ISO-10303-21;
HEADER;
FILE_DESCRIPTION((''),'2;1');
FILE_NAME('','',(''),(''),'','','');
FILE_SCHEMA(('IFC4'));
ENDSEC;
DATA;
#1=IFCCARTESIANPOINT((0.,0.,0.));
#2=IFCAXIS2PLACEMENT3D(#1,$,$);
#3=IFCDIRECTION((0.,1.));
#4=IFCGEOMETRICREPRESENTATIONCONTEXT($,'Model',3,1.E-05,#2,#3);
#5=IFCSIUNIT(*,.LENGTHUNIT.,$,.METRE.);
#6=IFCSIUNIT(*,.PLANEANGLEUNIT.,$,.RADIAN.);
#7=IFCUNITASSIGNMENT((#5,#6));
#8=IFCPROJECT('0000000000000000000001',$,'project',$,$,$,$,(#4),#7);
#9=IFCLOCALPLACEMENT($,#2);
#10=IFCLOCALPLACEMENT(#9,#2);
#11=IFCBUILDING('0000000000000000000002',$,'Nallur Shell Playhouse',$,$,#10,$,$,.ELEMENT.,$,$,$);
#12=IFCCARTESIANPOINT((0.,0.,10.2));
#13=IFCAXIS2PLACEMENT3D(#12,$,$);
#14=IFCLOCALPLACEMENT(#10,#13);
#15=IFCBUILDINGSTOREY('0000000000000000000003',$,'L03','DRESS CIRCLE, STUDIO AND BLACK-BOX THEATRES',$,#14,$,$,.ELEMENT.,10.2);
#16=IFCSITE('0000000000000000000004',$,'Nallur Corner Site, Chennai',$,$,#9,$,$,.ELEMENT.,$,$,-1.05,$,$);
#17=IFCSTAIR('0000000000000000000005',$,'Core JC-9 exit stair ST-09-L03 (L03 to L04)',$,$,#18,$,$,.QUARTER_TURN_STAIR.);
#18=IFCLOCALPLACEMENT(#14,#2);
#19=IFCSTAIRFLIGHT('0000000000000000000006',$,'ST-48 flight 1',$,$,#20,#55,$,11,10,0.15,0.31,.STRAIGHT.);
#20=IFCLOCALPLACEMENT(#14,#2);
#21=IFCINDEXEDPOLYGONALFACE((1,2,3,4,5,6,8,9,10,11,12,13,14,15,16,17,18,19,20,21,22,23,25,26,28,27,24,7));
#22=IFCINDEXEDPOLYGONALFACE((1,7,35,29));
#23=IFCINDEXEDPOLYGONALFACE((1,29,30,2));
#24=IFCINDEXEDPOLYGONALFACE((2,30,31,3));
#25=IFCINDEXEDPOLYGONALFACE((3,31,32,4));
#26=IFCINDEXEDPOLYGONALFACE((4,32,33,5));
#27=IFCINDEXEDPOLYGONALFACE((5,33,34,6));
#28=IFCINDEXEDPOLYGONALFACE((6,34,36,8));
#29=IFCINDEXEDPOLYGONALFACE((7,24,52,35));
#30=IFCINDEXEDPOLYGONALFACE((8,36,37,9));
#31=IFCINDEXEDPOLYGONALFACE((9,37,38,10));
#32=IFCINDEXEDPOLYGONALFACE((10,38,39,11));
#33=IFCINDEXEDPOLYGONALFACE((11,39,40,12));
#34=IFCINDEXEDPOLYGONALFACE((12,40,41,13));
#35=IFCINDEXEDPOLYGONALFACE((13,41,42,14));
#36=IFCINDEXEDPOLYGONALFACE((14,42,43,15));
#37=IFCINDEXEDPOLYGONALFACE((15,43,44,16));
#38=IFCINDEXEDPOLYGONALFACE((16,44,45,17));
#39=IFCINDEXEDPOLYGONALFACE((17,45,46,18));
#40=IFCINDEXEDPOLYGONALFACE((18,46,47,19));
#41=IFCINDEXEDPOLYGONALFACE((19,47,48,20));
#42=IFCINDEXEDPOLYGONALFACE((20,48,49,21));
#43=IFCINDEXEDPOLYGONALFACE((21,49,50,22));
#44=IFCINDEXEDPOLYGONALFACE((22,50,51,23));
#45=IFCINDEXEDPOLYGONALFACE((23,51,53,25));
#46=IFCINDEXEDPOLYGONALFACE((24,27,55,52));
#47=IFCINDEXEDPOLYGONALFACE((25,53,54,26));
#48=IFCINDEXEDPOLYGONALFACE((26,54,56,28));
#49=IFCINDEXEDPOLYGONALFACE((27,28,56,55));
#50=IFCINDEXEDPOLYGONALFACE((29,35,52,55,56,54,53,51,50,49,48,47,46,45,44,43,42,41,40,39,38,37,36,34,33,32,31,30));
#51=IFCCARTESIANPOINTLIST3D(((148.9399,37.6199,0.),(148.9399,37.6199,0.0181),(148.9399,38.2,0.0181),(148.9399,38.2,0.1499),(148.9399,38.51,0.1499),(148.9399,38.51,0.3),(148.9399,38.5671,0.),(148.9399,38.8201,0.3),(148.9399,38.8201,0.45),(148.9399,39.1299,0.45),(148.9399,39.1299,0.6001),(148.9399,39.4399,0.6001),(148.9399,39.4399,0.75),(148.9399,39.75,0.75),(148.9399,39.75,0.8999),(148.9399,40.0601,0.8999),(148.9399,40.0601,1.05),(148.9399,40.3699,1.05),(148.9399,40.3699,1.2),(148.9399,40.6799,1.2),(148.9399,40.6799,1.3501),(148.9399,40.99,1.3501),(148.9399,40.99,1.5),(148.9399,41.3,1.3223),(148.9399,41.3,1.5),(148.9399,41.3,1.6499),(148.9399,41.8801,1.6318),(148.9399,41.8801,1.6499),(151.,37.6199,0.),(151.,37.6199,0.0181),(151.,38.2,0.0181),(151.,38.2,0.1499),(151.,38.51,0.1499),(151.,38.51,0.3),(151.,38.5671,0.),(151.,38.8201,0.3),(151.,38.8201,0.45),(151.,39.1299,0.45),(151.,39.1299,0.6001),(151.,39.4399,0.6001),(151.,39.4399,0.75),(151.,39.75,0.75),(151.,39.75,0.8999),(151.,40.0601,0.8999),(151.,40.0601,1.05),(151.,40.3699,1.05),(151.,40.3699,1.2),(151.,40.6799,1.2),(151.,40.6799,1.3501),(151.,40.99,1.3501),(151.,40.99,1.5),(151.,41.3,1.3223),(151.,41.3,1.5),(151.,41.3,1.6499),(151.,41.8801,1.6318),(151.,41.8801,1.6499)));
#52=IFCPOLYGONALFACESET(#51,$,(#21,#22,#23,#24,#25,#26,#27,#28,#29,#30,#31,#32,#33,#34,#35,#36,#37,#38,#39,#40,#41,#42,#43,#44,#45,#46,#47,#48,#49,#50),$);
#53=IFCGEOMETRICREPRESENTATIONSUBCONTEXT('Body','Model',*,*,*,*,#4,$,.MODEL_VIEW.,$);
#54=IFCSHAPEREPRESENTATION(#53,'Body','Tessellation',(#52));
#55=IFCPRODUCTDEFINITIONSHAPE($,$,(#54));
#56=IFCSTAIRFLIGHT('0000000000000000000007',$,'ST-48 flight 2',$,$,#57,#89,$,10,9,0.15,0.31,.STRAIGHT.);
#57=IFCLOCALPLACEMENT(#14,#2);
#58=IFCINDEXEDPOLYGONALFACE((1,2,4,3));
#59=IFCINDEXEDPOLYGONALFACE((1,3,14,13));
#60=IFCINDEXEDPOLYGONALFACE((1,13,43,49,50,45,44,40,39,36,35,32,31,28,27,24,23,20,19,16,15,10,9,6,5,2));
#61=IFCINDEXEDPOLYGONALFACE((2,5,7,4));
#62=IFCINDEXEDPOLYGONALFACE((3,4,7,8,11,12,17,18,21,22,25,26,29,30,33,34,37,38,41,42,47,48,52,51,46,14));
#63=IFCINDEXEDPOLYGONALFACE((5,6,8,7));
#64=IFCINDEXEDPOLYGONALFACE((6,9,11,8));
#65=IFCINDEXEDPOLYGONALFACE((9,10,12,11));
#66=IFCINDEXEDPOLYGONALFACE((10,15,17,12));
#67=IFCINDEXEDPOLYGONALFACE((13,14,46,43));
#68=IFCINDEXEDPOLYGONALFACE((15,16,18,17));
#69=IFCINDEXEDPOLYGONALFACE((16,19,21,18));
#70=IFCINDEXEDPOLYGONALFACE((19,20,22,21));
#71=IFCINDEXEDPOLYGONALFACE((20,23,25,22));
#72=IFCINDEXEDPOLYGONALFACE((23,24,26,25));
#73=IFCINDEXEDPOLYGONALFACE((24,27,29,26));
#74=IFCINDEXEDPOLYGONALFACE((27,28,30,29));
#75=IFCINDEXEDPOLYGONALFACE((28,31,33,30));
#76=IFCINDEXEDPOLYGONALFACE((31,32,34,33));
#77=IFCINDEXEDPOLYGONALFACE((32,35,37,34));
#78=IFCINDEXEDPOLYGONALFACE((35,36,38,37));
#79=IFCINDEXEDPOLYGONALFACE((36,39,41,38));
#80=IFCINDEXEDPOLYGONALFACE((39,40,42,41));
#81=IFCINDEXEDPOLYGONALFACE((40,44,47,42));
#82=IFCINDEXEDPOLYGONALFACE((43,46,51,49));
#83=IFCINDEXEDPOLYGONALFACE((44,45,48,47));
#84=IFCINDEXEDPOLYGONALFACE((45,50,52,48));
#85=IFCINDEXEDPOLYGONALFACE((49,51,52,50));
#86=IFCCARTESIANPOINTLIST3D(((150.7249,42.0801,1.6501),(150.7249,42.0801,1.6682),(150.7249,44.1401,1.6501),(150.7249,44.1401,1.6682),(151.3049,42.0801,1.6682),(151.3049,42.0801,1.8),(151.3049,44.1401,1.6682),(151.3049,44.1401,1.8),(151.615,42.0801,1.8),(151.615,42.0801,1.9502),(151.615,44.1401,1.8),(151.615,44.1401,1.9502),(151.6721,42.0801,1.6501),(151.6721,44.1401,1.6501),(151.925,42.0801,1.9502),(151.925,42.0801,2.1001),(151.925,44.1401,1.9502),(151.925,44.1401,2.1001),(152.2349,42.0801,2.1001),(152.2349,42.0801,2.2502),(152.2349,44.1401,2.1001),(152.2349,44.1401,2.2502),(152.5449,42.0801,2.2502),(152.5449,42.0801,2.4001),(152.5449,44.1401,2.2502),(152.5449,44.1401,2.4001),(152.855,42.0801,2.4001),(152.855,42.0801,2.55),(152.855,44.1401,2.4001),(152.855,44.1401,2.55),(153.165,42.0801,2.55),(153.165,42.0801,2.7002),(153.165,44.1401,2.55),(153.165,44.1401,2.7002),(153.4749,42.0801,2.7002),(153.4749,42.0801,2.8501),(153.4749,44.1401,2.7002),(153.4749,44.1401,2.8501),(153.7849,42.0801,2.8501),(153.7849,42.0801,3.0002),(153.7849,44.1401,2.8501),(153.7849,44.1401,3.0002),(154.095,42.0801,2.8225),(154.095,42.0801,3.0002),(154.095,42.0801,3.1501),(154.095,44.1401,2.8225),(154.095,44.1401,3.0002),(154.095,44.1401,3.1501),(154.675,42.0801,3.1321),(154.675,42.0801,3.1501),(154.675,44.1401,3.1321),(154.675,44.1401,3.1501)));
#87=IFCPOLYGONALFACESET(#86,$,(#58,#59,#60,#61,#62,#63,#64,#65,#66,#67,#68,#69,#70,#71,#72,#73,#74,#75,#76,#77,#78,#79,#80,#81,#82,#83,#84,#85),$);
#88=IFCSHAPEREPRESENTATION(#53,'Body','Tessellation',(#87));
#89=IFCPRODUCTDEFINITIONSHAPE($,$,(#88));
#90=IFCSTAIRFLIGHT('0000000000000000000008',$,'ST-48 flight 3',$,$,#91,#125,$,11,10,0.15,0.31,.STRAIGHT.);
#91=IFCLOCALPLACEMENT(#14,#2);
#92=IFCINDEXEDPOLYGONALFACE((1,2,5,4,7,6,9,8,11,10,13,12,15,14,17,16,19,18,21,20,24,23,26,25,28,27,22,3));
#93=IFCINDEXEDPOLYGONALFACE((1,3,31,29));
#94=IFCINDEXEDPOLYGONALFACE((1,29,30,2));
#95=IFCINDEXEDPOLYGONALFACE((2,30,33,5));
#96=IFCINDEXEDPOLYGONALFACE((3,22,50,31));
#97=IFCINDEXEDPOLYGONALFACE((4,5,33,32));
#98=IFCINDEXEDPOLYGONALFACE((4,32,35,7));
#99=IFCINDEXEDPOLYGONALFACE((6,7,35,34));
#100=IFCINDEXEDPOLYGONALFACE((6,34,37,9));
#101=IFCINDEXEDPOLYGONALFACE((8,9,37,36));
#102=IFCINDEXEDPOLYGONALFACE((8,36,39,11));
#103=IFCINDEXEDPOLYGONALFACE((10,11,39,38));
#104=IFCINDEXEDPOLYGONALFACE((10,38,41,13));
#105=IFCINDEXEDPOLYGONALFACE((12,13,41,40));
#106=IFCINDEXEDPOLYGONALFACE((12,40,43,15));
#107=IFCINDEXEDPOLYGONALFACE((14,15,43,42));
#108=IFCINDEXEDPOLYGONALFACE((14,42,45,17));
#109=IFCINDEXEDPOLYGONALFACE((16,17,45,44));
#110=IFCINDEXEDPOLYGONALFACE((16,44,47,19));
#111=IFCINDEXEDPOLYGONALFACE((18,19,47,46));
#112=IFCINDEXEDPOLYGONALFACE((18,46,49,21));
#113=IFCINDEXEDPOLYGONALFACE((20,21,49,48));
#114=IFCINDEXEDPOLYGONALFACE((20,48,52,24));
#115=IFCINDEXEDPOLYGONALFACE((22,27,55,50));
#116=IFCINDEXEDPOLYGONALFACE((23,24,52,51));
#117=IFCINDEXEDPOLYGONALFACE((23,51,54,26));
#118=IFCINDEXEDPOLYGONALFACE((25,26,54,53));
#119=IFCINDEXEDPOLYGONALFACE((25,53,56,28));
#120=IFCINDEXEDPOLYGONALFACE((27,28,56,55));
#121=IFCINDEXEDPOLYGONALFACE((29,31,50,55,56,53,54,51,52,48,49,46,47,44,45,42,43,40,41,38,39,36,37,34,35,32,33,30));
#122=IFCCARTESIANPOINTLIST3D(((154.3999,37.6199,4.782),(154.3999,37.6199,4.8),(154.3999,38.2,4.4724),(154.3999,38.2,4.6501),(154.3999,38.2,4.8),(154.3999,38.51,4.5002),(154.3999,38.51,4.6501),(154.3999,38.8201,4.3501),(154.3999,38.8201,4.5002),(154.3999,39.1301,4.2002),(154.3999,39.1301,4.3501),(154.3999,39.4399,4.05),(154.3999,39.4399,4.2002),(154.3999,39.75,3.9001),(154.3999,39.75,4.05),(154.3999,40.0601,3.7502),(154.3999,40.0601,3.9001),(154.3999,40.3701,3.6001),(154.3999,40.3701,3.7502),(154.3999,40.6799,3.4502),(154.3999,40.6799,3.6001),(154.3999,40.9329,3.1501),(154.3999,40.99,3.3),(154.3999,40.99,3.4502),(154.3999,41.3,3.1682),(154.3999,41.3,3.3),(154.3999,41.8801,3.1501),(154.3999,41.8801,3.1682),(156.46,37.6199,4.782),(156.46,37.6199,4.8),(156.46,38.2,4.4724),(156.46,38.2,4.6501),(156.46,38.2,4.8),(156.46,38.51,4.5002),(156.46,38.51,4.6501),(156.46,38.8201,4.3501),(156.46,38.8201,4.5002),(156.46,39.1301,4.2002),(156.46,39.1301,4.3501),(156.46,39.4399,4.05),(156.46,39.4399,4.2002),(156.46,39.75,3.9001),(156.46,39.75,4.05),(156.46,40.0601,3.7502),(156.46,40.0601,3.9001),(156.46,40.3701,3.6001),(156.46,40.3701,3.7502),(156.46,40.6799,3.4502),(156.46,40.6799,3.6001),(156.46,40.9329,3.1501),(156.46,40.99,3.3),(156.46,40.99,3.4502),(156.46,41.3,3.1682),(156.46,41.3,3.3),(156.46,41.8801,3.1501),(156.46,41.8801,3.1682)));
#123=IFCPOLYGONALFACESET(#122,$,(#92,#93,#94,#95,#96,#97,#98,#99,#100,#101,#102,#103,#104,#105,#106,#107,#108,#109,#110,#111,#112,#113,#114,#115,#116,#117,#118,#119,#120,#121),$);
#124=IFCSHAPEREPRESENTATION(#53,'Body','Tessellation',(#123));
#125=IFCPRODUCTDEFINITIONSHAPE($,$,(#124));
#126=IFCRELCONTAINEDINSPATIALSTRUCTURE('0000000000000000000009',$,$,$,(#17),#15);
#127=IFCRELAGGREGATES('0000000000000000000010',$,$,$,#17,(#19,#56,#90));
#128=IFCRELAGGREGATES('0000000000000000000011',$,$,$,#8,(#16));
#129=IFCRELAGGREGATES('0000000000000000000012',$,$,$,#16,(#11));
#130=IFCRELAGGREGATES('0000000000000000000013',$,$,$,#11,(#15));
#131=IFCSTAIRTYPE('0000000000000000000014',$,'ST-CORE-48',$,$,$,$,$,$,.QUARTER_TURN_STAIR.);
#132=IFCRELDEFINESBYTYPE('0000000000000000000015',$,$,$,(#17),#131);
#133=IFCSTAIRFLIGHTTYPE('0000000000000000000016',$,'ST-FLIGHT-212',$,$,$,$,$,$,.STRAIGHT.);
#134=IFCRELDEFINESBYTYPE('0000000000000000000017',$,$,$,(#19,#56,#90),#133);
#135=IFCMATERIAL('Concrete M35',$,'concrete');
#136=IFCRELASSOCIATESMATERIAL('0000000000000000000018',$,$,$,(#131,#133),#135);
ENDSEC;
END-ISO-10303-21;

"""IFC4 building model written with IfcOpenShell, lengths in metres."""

from ifc_helpers import new_model, si_unit, direction, frame, origin, place, context, subcontext, project, spatial, polyline, outline, extrude, material, type_object, element, aggregate, save


model = new_model("IFC4")

# Units and contexts
model_context = context("Model", 3, precision=1e-05, world=origin(), true_north=direction((0.0, 1.0)))
body_context = subcontext(model_context, "Body", "Model", "MODEL_VIEW")
ifc_project = project(units=[si_unit("LENGTHUNIT", "METRE"), si_unit("PLANEANGLEUNIT", "RADIAN")], contexts=[model_context])

# Site, building, storey
site_placement = place(None, origin())
site = spatial("IfcSite", under=ifc_project, at=site_placement, Name="Nallur Corner Site, Chennai", CompositionType="ELEMENT", RefElevation=-1.05)
building_placement = place(site_placement, origin())
building = spatial("IfcBuilding", under=site, at=building_placement, Name="Nallur Shell Playhouse", CompositionType="ELEMENT")
storey_placement = place(building_placement, frame((0.0, 0.0, 10.2)))
storey = spatial("IfcBuildingStorey", under=building, at=storey_placement, Name="L03", Description="DRESS CIRCLE, STUDIO AND BLACK-BOX THEATRES", CompositionType="ELEMENT", Elevation=10.2)

# Shared definitions
ifc_material_1 = material(Name="Concrete M35", Category="concrete")

# Stair, stair flights
stair_type = type_object("IfcStairType", Name="ST-CORE-48", PredefinedType="QUARTER_TURN_STAIR", material=ifc_material_1)
stair_flight_type = type_object("IfcStairFlightType", Name="ST-FLIGHT-212", PredefinedType="STRAIGHT", material=ifc_material_1)
stair_1_placement = place(storey_placement, origin())
stair_1 = element("IfcStair", 1, at=stair_1_placement, inside=storey, type_object=stair_type, Name="Core JC-9 exit stair ST-09-L03 (L03 to L04)", PredefinedType="QUARTER_TURN_STAIR")
stair_flight_1_placement = place(storey_placement, frame((149.97, 38.2, 0.0), z_axis=(0.0, 0.0, 1.0), x_axis=(0.0, 1.0, 0.0)))
stair_flight_1 = element("IfcStairFlight", 2, at=stair_flight_1_placement, type_object=stair_flight_type, Name="ST-48 flight 1", NumberOfRisers=11, NumberOfTreads=10, PredefinedType="STRAIGHT", RiserHeight=0.15, TreadLength=0.31, context=body_context, shape_type="SweptSolid", body=[
    extrude(outline(polyline([(-0.5801, 0.0), (-0.5801, 0.0181), (0.0, 0.0181), (0.0, 0.1499), (0.3101, 0.1499), (0.3101, 0.3), (0.6201, 0.3), (0.6201, 0.45), (0.9299, 0.45), (0.9299, 0.6001), (1.24, 0.6001), (1.24, 0.75), (1.55, 0.75), (1.55, 0.8999), (1.8601, 0.8999), (1.8601, 1.05), (2.1699, 1.05), (2.1699, 1.2), (2.48, 1.2), (2.48, 1.3501), (2.79, 1.3501), (2.79, 1.5), (3.1001, 1.5), (3.1001, 1.6499), (3.6802, 1.6499), (3.6802, 1.6318), (3.1001, 1.3223), (0.3672, 0.0), (-0.5801, 0.0)])), frame((0.0, 1.03, 0.0), z_axis=(0.0, -1.0, 0.0), x_axis=(1.0, 0.0, 0.0)), (0.0, 0.0, 1.0), 2.0601),
])
stair_flight_2_placement = place(storey_placement, frame((151.3049, 43.1101, 1.6501), z_axis=(0.0, 0.0, 1.0), x_axis=(1.0, 0.0, 0.0)))
stair_flight_2 = element("IfcStairFlight", 3, at=stair_flight_2_placement, type_object=stair_flight_type, Name="ST-48 flight 2", NumberOfRisers=10, NumberOfTreads=9, PredefinedType="STRAIGHT", RiserHeight=0.15, TreadLength=0.31, context=body_context, shape_type="SweptSolid", body=[
    extrude(outline(polyline([(-0.5801, 0.0), (-0.5801, 0.0181), (0.0, 0.0181), (0.0, 0.1499), (0.3101, 0.1499), (0.3101, 0.3), (0.6201, 0.3), (0.6201, 0.45), (0.9299, 0.45), (0.9299, 0.6001), (1.24, 0.6001), (1.24, 0.75), (1.55, 0.75), (1.55, 0.8999), (1.8601, 0.8999), (1.8601, 1.05), (2.1699, 1.05), (2.1699, 1.2), (2.48, 1.2), (2.48, 1.3501), (2.79, 1.3501), (2.79, 1.5), (3.3701, 1.5), (3.3701, 1.4819), (2.79, 1.1724), (0.3672, 0.0), (-0.5801, 0.0)])), frame((0.0, 1.03, 0.0), z_axis=(0.0, -1.0, 0.0), x_axis=(1.0, 0.0, 0.0)), (0.0, 0.0, 1.0), 2.0601),
])
stair_flight_3_placement = place(storey_placement, frame((155.4299, 41.3, 3.1501), z_axis=(0.0, 0.0, 1.0), x_axis=(0.0, -1.0, 0.0)))
stair_flight_3 = element("IfcStairFlight", 4, at=stair_flight_3_placement, type_object=stair_flight_type, Name="ST-48 flight 3", NumberOfRisers=11, NumberOfTreads=10, PredefinedType="STRAIGHT", RiserHeight=0.15, TreadLength=0.31, context=body_context, shape_type="SweptSolid", body=[
    extrude(outline(polyline([(-0.5801, 0.0), (-0.5801, 0.0181), (0.0, 0.0181), (0.0, 0.1499), (0.3101, 0.1499), (0.3101, 0.3), (0.6201, 0.3), (0.6201, 0.45), (0.9299, 0.45), (0.9299, 0.6001), (1.24, 0.6001), (1.24, 0.75), (1.55, 0.75), (1.55, 0.8999), (1.8601, 0.8999), (1.8601, 1.05), (2.1699, 1.05), (2.1699, 1.2), (2.48, 1.2), (2.48, 1.3501), (2.79, 1.3501), (2.79, 1.5), (3.1001, 1.5), (3.1001, 1.6499), (3.6802, 1.6499), (3.6802, 1.6318), (3.1001, 1.3223), (0.3672, 0.0), (-0.5801, 0.0)])), frame((0.0, 1.03, 0.0), z_axis=(0.0, -1.0, 0.0), x_axis=(1.0, 0.0, 0.0)), (0.0, 0.0, 1.0), 2.0601),
])
aggregate(stair_1, [stair_flight_1, stair_flight_2, stair_flight_3])

save(model, "model.ifc")
